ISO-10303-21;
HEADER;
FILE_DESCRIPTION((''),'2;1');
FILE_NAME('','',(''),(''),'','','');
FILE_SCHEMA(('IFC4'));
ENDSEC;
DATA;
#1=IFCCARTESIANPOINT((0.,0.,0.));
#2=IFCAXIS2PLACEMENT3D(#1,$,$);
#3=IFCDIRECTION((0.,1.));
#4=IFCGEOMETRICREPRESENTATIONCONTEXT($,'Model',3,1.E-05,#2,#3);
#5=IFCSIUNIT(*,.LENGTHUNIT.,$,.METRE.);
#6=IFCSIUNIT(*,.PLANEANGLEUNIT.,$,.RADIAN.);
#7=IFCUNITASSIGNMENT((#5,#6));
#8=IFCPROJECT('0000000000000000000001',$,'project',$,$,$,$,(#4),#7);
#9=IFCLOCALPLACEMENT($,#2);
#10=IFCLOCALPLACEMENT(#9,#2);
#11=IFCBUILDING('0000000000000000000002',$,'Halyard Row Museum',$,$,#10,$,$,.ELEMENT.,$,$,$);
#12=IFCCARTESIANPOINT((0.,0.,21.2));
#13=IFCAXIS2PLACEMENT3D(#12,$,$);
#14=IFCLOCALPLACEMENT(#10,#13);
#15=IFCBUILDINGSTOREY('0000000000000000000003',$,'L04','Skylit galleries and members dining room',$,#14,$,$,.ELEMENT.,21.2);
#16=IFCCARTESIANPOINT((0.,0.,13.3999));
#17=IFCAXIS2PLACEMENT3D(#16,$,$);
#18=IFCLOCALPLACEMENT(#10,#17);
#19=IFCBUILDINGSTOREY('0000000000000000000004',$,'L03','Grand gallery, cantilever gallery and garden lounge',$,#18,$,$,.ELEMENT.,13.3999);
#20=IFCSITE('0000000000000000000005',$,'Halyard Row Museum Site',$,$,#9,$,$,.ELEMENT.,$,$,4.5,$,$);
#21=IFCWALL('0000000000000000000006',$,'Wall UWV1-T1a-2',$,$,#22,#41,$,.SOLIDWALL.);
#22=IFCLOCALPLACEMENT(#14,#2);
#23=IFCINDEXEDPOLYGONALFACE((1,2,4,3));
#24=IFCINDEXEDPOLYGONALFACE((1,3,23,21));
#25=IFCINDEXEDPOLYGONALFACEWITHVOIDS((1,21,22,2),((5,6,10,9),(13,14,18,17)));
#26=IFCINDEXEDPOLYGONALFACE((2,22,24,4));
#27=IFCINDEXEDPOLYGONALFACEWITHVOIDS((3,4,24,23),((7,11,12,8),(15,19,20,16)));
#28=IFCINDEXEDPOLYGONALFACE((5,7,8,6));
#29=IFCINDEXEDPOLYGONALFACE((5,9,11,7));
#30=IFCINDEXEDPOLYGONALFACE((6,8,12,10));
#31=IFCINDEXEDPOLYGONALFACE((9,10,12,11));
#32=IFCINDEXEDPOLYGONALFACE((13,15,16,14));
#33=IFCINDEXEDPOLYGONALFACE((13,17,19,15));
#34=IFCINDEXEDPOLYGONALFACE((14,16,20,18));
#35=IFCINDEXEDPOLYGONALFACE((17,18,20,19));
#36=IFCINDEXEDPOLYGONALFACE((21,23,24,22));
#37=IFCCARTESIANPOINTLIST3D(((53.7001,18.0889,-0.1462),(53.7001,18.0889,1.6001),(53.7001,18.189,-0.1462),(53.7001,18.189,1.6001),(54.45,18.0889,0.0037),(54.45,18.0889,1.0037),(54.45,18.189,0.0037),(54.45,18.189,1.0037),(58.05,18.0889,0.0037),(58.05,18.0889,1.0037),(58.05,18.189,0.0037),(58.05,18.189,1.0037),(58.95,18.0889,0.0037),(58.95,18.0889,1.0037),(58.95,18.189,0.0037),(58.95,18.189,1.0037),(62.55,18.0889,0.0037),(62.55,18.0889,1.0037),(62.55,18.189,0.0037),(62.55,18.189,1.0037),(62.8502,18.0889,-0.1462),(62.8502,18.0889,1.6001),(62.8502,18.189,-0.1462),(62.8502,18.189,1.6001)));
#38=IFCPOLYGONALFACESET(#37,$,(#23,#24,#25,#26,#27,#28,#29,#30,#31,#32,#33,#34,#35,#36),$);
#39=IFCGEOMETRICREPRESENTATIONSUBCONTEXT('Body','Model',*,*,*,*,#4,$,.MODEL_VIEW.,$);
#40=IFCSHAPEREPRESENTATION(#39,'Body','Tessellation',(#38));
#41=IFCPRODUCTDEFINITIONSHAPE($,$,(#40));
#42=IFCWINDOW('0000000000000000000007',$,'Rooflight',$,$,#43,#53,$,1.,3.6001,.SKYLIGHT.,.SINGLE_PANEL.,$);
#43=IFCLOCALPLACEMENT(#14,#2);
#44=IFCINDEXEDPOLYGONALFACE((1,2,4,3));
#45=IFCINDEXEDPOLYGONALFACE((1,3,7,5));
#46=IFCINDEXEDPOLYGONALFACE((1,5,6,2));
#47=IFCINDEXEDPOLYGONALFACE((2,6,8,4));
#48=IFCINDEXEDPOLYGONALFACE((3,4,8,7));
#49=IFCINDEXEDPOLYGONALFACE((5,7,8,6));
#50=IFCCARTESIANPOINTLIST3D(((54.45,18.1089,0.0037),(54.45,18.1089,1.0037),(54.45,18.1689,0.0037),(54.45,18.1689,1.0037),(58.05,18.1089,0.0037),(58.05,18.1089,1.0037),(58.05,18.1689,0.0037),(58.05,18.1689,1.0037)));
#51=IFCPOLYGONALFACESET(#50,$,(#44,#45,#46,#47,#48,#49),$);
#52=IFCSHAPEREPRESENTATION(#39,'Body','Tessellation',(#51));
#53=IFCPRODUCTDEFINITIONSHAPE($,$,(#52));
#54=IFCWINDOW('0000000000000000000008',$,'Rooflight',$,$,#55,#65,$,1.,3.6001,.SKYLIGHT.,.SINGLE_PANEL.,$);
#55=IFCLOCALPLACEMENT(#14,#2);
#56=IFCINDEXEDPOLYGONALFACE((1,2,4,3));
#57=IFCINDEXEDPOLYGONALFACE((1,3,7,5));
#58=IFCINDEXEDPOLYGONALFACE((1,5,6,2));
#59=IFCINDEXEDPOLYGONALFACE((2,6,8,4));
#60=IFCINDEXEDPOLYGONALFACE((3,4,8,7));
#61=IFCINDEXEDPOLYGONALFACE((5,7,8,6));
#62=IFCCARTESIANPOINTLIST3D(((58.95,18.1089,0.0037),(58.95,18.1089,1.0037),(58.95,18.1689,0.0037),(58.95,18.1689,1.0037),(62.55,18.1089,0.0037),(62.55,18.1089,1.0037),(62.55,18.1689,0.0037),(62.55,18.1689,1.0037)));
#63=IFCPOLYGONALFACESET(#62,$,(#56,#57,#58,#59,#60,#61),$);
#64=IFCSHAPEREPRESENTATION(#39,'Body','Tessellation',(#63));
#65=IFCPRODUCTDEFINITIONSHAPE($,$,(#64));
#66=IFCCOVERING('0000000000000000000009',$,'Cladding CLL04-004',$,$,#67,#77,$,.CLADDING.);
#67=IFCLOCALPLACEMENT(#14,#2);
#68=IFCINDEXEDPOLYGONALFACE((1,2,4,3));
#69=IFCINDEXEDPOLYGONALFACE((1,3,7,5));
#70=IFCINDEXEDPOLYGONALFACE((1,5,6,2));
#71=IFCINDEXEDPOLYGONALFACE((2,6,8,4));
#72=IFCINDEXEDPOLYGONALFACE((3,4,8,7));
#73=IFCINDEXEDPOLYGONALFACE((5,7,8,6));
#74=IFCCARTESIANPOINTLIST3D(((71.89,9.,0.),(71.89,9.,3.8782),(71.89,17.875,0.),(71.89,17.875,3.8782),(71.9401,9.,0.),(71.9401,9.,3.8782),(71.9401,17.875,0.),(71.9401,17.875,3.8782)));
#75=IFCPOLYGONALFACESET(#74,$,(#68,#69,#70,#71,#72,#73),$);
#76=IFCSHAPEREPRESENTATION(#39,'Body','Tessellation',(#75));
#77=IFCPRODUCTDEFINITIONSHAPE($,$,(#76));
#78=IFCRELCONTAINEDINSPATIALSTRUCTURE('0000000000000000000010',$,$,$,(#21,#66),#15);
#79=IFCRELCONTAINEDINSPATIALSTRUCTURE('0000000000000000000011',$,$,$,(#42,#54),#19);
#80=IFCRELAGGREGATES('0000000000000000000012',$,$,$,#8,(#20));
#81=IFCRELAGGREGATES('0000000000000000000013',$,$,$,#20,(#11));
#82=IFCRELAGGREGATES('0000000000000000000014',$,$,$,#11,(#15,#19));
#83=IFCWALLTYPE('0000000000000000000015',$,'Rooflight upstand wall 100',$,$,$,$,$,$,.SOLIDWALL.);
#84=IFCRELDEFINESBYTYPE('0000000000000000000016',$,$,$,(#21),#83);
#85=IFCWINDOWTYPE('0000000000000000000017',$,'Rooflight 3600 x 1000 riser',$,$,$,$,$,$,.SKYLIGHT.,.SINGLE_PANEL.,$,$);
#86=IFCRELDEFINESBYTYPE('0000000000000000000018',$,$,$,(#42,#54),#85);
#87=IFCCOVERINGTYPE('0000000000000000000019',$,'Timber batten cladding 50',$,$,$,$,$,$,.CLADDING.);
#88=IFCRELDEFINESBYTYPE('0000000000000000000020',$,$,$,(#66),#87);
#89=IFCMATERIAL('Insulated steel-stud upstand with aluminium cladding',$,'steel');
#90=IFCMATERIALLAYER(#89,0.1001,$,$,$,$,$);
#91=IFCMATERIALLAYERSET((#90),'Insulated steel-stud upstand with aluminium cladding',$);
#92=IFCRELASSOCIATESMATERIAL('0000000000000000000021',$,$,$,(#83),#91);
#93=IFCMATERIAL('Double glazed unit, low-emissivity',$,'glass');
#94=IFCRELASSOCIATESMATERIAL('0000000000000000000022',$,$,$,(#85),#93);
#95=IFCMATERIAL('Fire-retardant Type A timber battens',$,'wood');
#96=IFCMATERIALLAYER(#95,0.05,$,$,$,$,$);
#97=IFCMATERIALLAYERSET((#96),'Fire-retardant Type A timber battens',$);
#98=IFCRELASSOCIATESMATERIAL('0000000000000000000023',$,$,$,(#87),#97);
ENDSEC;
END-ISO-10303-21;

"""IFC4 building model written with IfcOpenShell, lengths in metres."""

from ifc_helpers import new_model, si_unit, direction, frame, frame_2d, origin, place, context, subcontext, project, spatial, rectangle, extrude, material, layer, layer_set, type_object, element, fill, save


model = new_model("IFC4")

# Units and contexts
model_context = context("Model", 3, precision=1e-05, world=origin(), true_north=direction((0.0, 1.0)))
body_context = subcontext(model_context, "Body", "Model", "MODEL_VIEW")
ifc_project = project(units=[si_unit("LENGTHUNIT", "METRE"), si_unit("PLANEANGLEUNIT", "RADIAN")], contexts=[model_context])

# Site, building, storey
site_placement = place(None, origin())
site = spatial("IfcSite", under=ifc_project, at=site_placement, Name="Halyard Row Museum Site", CompositionType="ELEMENT", RefElevation=4.5)
building_placement = place(site_placement, origin())
building = spatial("IfcBuilding", under=site, at=building_placement, Name="Halyard Row Museum", CompositionType="ELEMENT")
storey_1_placement = place(building_placement, frame((0.0, 0.0, 21.2)))
storey_1 = spatial("IfcBuildingStorey", under=building, at=storey_1_placement, Name="L04", Description="Skylit galleries and members dining room", CompositionType="ELEMENT", Elevation=21.2)

# Wall, openings
ifc_material_1 = material(Name="Insulated steel-stud upstand with aluminium cladding", Category="steel")
ifc_layer_1 = layer(ifc_material_1, 0.1001)
ifc_layer_set_1 = layer_set([ifc_layer_1], Name="Insulated steel-stud upstand with aluminium cladding")
wall_type_1 = type_object("IfcWallType", Name="Rooflight upstand wall 100", PredefinedType="SOLIDWALL", material=ifc_layer_set_1)
wall_1_placement = place(storey_1_placement, frame((53.7, 18.1389, -0.1462), z_axis=(0.0, 0.0, 1.0), x_axis=(1.0, 0.0, 0.0)))
wall_1 = element("IfcWall", 1, at=wall_1_placement, inside=storey_1, type_object=wall_type_1, Name="Wall UWV1-T1a-2", PredefinedType="SOLIDWALL", context=body_context, shape_type="SweptSolid", body=[
    extrude(rectangle(XDim=9.1501, YDim=0.1001, at=frame_2d((4.5752, 0.0))), origin(), (0.0, 0.0, 1.0), 1.7463),
])
opening_1_placement = place(wall_1_placement, frame((0.75, 0.0, 0.1499)))
opening_1 = element("IfcOpeningElement", 2, at=opening_1_placement, cuts=wall_1, PredefinedType="OPENING", context=body_context, shape_type="SweptSolid", body=[
    extrude(rectangle(XDim=3.6001, YDim=1.0, at=frame_2d((1.8, 0.5))), frame((0.0, 0.0601, 0.0), z_axis=(0.0, -1.0, 0.0), x_axis=(1.0, 0.0, 0.0)), (0.0, 0.0, 1.0), 0.1201),
])
opening_2_placement = place(wall_1_placement, frame((5.25, 0.0, 0.1499)))
opening_2 = element("IfcOpeningElement", 3, at=opening_2_placement, cuts=wall_1, PredefinedType="OPENING", context=body_context, shape_type="SweptSolid", body=[
    extrude(rectangle(XDim=3.6001, YDim=1.0, at=frame_2d((1.8, 0.5))), frame((0.0, 0.0601, 0.0), z_axis=(0.0, -1.0, 0.0), x_axis=(1.0, 0.0, 0.0)), (0.0, 0.0, 1.0), 0.1201),
])

# Shared definitions
storey_2_placement = place(building_placement, frame((0.0, 0.0, 13.3999)))
storey_2 = spatial("IfcBuildingStorey", under=building, at=storey_2_placement, Name="L03", Description="Grand gallery, cantilever gallery and garden lounge", CompositionType="ELEMENT", Elevation=13.3999)

# Windows
ifc_material_2 = material(Name="Double glazed unit, low-emissivity", Category="glass")
window_type = type_object("IfcWindowType", Name="Rooflight 3600 x 1000 riser", PartitioningType="SINGLE_PANEL", PredefinedType="SKYLIGHT", material=ifc_material_2)
window_1_placement = place(opening_1_placement, origin())
window_1 = element("IfcWindow", 4, at=window_1_placement, inside=storey_2, type_object=window_type, Name="Rooflight", OverallHeight=1.0, OverallWidth=3.6001, PartitioningType="SINGLE_PANEL", PredefinedType="SKYLIGHT", context=body_context, shape_type="SweptSolid", body=[
    extrude(rectangle(XDim=3.6001, YDim=1.0, at=frame_2d((1.8, 0.5))), frame((0.0, 0.03, 0.0), z_axis=(0.0, -1.0, 0.0), x_axis=(1.0, 0.0, 0.0)), (0.0, 0.0, 1.0), 0.0601),
])
fill(opening_1, window_1)
window_2_placement = place(opening_2_placement, origin())
window_2 = element("IfcWindow", 5, at=window_2_placement, inside=storey_2, type_object=window_type, Name="Rooflight", OverallHeight=1.0, OverallWidth=3.6001, PartitioningType="SINGLE_PANEL", PredefinedType="SKYLIGHT", context=body_context, shape_type="SweptSolid", body=[
    extrude(rectangle(XDim=3.6001, YDim=1.0, at=frame_2d((1.8, 0.5))), frame((0.0, 0.03, 0.0), z_axis=(0.0, -1.0, 0.0), x_axis=(1.0, 0.0, 0.0)), (0.0, 0.0, 1.0), 0.0601),
])
fill(opening_2, window_2)

# Covering
ifc_material_3 = material(Name="Fire-retardant Type A timber battens", Category="wood")
ifc_layer_2 = layer(ifc_material_3, 0.05)
ifc_layer_set_2 = layer_set([ifc_layer_2], Name="Fire-retardant Type A timber battens")
covering_type = type_object("IfcCoveringType", Name="Timber batten cladding 50", PredefinedType="CLADDING", material=ifc_layer_set_2)
covering_placement = place(storey_1_placement, frame((71.915, 17.875, 0.0), z_axis=(0.0, 0.0, 1.0), x_axis=(0.0, -1.0, 0.0)))
element("IfcCovering", 6, at=covering_placement, inside=storey_1, type_object=covering_type, Name="Cladding CLL04-004", PredefinedType="CLADDING", context=body_context, shape_type="SweptSolid", body=[
    extrude(rectangle(XDim=8.875, YDim=0.05, at=frame_2d((4.4375, 0.0))), origin(), (0.0, 0.0, 1.0), 3.8782),
])

save(model, "model.ifc")
